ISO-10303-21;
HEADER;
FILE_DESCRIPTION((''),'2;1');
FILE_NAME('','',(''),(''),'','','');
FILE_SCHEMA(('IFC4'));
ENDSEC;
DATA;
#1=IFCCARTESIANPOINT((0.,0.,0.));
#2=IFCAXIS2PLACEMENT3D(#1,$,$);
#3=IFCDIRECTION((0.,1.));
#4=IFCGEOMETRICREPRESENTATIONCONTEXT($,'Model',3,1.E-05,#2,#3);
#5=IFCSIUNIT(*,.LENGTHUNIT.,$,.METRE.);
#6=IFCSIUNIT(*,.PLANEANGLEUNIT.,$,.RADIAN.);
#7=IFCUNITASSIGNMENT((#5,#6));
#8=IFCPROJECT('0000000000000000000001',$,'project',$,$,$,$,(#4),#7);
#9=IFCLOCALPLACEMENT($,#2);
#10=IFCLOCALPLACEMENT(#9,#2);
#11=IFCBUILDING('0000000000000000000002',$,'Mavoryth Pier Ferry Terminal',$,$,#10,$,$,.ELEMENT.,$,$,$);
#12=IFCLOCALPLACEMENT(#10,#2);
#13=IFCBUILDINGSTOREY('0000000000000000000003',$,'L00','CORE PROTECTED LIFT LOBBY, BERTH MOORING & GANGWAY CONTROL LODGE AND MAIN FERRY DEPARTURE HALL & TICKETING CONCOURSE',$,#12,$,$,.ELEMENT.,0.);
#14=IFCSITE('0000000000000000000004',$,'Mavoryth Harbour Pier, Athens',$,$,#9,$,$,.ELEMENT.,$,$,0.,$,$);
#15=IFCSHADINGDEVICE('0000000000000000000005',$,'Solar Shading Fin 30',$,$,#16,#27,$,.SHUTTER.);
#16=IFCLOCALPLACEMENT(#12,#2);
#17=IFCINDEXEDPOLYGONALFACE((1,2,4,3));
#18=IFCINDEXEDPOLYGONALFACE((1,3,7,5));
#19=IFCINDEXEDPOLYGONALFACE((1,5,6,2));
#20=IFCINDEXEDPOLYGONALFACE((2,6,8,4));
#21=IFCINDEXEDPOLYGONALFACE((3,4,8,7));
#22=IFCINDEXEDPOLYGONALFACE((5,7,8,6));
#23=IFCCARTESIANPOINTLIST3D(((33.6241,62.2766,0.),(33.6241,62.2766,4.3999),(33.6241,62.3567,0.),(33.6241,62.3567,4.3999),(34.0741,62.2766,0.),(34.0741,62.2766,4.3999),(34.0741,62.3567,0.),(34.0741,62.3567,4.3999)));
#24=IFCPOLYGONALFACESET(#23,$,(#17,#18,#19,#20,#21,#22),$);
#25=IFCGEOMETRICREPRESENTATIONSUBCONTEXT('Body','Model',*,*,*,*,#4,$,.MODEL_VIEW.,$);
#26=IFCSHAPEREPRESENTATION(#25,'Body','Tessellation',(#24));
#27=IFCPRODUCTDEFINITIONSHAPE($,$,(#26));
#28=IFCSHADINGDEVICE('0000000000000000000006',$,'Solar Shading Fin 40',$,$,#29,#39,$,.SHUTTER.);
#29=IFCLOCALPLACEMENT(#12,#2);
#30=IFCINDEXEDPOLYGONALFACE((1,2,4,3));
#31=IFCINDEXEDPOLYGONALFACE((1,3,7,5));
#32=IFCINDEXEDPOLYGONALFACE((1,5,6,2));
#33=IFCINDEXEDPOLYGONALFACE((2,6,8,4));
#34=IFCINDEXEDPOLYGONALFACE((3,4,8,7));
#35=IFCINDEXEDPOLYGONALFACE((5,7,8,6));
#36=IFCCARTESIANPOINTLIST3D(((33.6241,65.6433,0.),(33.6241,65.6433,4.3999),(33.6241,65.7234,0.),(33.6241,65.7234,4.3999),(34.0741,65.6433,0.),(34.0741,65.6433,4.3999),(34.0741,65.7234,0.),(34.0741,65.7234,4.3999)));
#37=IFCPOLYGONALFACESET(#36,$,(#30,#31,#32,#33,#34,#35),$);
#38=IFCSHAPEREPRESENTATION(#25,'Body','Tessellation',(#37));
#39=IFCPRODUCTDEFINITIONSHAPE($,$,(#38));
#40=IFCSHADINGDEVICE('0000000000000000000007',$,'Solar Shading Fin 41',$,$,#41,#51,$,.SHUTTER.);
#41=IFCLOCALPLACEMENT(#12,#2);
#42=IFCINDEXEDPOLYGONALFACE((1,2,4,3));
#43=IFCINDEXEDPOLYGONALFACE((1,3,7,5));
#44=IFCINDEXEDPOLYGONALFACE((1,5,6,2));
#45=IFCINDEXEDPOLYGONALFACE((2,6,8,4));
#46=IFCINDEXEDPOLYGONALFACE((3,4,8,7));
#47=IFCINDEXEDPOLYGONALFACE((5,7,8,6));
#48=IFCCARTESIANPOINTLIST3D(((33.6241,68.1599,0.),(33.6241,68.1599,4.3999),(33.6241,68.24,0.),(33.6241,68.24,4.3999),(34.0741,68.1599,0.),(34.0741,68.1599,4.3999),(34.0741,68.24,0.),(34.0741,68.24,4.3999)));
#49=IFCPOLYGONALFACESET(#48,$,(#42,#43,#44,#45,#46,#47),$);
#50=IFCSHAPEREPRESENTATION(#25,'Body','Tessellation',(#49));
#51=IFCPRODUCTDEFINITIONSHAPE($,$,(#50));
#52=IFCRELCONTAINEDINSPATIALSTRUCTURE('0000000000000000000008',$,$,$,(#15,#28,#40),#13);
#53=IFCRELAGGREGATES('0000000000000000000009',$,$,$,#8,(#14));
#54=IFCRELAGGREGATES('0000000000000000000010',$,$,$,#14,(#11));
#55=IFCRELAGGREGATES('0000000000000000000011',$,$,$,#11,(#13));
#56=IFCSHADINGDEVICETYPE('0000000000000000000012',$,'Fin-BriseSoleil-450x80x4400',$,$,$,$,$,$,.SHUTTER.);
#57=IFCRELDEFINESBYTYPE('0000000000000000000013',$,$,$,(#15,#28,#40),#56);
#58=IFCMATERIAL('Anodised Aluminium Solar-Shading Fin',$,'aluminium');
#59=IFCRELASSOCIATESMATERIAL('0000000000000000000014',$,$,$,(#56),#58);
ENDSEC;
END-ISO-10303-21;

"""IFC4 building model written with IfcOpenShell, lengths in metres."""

from ifc_helpers import new_model, si_unit, direction, frame, origin, origin_2d, place, context, subcontext, project, spatial, rectangle, extrude, material, type_object, element, save


model = new_model("IFC4")

# Units and contexts
model_context = context("Model", 3, precision=1e-05, world=origin(), true_north=direction((0.0, 1.0)))
body_context = subcontext(model_context, "Body", "Model", "MODEL_VIEW")
ifc_project = project(units=[si_unit("LENGTHUNIT", "METRE"), si_unit("PLANEANGLEUNIT", "RADIAN")], contexts=[model_context])

# Site, building, storey
site_placement = place(None, origin())
site = spatial("IfcSite", under=ifc_project, at=site_placement, Name="Mavoryth Harbour Pier, Athens", CompositionType="ELEMENT", RefElevation=0.0)
building_placement = place(site_placement, origin())
building = spatial("IfcBuilding", under=site, at=building_placement, Name="Mavoryth Pier Ferry Terminal", CompositionType="ELEMENT")
storey_placement = place(building_placement, origin())
storey = spatial("IfcBuildingStorey", under=building, at=storey_placement, Name="L00", Description="CORE PROTECTED LIFT LOBBY, BERTH MOORING & GANGWAY CONTROL LODGE AND MAIN FERRY DEPARTURE HALL & TICKETING CONCOURSE", CompositionType="ELEMENT", Elevation=0.0)

# Shading devices
ifc_material_1 = material(Name="Anodised Aluminium Solar-Shading Fin", Category="aluminium")
shading_device_type = type_object("IfcShadingDeviceType", Name="Fin-BriseSoleil-450x80x4400", PredefinedType="SHUTTER", material=ifc_material_1)
for number, where, z_axis, x_axis, name in (
    (1, (33.8491, 62.3167, 0.0), (0.0, 0.0, 1.0), (0.0, 1.0, 0.0), "Solar Shading Fin 30"),
    (2, (33.8491, 65.6833, 0.0), (0.0, 0.0, 1.0), (0.0, 1.0, 0.0), "Solar Shading Fin 40"),
    (3, (33.8491, 68.2, 0.0), (0.0, 0.0, 1.0), (0.0, 1.0, 0.0), "Solar Shading Fin 41"),
):
    element("IfcShadingDevice", number, at=place(storey_placement, frame(where, z_axis=z_axis, x_axis=x_axis)), inside=storey, type_object=shading_device_type, Name=name, PredefinedType="SHUTTER", context=body_context, shape_type="SweptSolid", body=[
        extrude(rectangle(XDim=0.0801, YDim=0.45, at=origin_2d()), origin(), (0.0, 0.0, 1.0), 4.3999),
    ])

save(model, "model.ifc")
